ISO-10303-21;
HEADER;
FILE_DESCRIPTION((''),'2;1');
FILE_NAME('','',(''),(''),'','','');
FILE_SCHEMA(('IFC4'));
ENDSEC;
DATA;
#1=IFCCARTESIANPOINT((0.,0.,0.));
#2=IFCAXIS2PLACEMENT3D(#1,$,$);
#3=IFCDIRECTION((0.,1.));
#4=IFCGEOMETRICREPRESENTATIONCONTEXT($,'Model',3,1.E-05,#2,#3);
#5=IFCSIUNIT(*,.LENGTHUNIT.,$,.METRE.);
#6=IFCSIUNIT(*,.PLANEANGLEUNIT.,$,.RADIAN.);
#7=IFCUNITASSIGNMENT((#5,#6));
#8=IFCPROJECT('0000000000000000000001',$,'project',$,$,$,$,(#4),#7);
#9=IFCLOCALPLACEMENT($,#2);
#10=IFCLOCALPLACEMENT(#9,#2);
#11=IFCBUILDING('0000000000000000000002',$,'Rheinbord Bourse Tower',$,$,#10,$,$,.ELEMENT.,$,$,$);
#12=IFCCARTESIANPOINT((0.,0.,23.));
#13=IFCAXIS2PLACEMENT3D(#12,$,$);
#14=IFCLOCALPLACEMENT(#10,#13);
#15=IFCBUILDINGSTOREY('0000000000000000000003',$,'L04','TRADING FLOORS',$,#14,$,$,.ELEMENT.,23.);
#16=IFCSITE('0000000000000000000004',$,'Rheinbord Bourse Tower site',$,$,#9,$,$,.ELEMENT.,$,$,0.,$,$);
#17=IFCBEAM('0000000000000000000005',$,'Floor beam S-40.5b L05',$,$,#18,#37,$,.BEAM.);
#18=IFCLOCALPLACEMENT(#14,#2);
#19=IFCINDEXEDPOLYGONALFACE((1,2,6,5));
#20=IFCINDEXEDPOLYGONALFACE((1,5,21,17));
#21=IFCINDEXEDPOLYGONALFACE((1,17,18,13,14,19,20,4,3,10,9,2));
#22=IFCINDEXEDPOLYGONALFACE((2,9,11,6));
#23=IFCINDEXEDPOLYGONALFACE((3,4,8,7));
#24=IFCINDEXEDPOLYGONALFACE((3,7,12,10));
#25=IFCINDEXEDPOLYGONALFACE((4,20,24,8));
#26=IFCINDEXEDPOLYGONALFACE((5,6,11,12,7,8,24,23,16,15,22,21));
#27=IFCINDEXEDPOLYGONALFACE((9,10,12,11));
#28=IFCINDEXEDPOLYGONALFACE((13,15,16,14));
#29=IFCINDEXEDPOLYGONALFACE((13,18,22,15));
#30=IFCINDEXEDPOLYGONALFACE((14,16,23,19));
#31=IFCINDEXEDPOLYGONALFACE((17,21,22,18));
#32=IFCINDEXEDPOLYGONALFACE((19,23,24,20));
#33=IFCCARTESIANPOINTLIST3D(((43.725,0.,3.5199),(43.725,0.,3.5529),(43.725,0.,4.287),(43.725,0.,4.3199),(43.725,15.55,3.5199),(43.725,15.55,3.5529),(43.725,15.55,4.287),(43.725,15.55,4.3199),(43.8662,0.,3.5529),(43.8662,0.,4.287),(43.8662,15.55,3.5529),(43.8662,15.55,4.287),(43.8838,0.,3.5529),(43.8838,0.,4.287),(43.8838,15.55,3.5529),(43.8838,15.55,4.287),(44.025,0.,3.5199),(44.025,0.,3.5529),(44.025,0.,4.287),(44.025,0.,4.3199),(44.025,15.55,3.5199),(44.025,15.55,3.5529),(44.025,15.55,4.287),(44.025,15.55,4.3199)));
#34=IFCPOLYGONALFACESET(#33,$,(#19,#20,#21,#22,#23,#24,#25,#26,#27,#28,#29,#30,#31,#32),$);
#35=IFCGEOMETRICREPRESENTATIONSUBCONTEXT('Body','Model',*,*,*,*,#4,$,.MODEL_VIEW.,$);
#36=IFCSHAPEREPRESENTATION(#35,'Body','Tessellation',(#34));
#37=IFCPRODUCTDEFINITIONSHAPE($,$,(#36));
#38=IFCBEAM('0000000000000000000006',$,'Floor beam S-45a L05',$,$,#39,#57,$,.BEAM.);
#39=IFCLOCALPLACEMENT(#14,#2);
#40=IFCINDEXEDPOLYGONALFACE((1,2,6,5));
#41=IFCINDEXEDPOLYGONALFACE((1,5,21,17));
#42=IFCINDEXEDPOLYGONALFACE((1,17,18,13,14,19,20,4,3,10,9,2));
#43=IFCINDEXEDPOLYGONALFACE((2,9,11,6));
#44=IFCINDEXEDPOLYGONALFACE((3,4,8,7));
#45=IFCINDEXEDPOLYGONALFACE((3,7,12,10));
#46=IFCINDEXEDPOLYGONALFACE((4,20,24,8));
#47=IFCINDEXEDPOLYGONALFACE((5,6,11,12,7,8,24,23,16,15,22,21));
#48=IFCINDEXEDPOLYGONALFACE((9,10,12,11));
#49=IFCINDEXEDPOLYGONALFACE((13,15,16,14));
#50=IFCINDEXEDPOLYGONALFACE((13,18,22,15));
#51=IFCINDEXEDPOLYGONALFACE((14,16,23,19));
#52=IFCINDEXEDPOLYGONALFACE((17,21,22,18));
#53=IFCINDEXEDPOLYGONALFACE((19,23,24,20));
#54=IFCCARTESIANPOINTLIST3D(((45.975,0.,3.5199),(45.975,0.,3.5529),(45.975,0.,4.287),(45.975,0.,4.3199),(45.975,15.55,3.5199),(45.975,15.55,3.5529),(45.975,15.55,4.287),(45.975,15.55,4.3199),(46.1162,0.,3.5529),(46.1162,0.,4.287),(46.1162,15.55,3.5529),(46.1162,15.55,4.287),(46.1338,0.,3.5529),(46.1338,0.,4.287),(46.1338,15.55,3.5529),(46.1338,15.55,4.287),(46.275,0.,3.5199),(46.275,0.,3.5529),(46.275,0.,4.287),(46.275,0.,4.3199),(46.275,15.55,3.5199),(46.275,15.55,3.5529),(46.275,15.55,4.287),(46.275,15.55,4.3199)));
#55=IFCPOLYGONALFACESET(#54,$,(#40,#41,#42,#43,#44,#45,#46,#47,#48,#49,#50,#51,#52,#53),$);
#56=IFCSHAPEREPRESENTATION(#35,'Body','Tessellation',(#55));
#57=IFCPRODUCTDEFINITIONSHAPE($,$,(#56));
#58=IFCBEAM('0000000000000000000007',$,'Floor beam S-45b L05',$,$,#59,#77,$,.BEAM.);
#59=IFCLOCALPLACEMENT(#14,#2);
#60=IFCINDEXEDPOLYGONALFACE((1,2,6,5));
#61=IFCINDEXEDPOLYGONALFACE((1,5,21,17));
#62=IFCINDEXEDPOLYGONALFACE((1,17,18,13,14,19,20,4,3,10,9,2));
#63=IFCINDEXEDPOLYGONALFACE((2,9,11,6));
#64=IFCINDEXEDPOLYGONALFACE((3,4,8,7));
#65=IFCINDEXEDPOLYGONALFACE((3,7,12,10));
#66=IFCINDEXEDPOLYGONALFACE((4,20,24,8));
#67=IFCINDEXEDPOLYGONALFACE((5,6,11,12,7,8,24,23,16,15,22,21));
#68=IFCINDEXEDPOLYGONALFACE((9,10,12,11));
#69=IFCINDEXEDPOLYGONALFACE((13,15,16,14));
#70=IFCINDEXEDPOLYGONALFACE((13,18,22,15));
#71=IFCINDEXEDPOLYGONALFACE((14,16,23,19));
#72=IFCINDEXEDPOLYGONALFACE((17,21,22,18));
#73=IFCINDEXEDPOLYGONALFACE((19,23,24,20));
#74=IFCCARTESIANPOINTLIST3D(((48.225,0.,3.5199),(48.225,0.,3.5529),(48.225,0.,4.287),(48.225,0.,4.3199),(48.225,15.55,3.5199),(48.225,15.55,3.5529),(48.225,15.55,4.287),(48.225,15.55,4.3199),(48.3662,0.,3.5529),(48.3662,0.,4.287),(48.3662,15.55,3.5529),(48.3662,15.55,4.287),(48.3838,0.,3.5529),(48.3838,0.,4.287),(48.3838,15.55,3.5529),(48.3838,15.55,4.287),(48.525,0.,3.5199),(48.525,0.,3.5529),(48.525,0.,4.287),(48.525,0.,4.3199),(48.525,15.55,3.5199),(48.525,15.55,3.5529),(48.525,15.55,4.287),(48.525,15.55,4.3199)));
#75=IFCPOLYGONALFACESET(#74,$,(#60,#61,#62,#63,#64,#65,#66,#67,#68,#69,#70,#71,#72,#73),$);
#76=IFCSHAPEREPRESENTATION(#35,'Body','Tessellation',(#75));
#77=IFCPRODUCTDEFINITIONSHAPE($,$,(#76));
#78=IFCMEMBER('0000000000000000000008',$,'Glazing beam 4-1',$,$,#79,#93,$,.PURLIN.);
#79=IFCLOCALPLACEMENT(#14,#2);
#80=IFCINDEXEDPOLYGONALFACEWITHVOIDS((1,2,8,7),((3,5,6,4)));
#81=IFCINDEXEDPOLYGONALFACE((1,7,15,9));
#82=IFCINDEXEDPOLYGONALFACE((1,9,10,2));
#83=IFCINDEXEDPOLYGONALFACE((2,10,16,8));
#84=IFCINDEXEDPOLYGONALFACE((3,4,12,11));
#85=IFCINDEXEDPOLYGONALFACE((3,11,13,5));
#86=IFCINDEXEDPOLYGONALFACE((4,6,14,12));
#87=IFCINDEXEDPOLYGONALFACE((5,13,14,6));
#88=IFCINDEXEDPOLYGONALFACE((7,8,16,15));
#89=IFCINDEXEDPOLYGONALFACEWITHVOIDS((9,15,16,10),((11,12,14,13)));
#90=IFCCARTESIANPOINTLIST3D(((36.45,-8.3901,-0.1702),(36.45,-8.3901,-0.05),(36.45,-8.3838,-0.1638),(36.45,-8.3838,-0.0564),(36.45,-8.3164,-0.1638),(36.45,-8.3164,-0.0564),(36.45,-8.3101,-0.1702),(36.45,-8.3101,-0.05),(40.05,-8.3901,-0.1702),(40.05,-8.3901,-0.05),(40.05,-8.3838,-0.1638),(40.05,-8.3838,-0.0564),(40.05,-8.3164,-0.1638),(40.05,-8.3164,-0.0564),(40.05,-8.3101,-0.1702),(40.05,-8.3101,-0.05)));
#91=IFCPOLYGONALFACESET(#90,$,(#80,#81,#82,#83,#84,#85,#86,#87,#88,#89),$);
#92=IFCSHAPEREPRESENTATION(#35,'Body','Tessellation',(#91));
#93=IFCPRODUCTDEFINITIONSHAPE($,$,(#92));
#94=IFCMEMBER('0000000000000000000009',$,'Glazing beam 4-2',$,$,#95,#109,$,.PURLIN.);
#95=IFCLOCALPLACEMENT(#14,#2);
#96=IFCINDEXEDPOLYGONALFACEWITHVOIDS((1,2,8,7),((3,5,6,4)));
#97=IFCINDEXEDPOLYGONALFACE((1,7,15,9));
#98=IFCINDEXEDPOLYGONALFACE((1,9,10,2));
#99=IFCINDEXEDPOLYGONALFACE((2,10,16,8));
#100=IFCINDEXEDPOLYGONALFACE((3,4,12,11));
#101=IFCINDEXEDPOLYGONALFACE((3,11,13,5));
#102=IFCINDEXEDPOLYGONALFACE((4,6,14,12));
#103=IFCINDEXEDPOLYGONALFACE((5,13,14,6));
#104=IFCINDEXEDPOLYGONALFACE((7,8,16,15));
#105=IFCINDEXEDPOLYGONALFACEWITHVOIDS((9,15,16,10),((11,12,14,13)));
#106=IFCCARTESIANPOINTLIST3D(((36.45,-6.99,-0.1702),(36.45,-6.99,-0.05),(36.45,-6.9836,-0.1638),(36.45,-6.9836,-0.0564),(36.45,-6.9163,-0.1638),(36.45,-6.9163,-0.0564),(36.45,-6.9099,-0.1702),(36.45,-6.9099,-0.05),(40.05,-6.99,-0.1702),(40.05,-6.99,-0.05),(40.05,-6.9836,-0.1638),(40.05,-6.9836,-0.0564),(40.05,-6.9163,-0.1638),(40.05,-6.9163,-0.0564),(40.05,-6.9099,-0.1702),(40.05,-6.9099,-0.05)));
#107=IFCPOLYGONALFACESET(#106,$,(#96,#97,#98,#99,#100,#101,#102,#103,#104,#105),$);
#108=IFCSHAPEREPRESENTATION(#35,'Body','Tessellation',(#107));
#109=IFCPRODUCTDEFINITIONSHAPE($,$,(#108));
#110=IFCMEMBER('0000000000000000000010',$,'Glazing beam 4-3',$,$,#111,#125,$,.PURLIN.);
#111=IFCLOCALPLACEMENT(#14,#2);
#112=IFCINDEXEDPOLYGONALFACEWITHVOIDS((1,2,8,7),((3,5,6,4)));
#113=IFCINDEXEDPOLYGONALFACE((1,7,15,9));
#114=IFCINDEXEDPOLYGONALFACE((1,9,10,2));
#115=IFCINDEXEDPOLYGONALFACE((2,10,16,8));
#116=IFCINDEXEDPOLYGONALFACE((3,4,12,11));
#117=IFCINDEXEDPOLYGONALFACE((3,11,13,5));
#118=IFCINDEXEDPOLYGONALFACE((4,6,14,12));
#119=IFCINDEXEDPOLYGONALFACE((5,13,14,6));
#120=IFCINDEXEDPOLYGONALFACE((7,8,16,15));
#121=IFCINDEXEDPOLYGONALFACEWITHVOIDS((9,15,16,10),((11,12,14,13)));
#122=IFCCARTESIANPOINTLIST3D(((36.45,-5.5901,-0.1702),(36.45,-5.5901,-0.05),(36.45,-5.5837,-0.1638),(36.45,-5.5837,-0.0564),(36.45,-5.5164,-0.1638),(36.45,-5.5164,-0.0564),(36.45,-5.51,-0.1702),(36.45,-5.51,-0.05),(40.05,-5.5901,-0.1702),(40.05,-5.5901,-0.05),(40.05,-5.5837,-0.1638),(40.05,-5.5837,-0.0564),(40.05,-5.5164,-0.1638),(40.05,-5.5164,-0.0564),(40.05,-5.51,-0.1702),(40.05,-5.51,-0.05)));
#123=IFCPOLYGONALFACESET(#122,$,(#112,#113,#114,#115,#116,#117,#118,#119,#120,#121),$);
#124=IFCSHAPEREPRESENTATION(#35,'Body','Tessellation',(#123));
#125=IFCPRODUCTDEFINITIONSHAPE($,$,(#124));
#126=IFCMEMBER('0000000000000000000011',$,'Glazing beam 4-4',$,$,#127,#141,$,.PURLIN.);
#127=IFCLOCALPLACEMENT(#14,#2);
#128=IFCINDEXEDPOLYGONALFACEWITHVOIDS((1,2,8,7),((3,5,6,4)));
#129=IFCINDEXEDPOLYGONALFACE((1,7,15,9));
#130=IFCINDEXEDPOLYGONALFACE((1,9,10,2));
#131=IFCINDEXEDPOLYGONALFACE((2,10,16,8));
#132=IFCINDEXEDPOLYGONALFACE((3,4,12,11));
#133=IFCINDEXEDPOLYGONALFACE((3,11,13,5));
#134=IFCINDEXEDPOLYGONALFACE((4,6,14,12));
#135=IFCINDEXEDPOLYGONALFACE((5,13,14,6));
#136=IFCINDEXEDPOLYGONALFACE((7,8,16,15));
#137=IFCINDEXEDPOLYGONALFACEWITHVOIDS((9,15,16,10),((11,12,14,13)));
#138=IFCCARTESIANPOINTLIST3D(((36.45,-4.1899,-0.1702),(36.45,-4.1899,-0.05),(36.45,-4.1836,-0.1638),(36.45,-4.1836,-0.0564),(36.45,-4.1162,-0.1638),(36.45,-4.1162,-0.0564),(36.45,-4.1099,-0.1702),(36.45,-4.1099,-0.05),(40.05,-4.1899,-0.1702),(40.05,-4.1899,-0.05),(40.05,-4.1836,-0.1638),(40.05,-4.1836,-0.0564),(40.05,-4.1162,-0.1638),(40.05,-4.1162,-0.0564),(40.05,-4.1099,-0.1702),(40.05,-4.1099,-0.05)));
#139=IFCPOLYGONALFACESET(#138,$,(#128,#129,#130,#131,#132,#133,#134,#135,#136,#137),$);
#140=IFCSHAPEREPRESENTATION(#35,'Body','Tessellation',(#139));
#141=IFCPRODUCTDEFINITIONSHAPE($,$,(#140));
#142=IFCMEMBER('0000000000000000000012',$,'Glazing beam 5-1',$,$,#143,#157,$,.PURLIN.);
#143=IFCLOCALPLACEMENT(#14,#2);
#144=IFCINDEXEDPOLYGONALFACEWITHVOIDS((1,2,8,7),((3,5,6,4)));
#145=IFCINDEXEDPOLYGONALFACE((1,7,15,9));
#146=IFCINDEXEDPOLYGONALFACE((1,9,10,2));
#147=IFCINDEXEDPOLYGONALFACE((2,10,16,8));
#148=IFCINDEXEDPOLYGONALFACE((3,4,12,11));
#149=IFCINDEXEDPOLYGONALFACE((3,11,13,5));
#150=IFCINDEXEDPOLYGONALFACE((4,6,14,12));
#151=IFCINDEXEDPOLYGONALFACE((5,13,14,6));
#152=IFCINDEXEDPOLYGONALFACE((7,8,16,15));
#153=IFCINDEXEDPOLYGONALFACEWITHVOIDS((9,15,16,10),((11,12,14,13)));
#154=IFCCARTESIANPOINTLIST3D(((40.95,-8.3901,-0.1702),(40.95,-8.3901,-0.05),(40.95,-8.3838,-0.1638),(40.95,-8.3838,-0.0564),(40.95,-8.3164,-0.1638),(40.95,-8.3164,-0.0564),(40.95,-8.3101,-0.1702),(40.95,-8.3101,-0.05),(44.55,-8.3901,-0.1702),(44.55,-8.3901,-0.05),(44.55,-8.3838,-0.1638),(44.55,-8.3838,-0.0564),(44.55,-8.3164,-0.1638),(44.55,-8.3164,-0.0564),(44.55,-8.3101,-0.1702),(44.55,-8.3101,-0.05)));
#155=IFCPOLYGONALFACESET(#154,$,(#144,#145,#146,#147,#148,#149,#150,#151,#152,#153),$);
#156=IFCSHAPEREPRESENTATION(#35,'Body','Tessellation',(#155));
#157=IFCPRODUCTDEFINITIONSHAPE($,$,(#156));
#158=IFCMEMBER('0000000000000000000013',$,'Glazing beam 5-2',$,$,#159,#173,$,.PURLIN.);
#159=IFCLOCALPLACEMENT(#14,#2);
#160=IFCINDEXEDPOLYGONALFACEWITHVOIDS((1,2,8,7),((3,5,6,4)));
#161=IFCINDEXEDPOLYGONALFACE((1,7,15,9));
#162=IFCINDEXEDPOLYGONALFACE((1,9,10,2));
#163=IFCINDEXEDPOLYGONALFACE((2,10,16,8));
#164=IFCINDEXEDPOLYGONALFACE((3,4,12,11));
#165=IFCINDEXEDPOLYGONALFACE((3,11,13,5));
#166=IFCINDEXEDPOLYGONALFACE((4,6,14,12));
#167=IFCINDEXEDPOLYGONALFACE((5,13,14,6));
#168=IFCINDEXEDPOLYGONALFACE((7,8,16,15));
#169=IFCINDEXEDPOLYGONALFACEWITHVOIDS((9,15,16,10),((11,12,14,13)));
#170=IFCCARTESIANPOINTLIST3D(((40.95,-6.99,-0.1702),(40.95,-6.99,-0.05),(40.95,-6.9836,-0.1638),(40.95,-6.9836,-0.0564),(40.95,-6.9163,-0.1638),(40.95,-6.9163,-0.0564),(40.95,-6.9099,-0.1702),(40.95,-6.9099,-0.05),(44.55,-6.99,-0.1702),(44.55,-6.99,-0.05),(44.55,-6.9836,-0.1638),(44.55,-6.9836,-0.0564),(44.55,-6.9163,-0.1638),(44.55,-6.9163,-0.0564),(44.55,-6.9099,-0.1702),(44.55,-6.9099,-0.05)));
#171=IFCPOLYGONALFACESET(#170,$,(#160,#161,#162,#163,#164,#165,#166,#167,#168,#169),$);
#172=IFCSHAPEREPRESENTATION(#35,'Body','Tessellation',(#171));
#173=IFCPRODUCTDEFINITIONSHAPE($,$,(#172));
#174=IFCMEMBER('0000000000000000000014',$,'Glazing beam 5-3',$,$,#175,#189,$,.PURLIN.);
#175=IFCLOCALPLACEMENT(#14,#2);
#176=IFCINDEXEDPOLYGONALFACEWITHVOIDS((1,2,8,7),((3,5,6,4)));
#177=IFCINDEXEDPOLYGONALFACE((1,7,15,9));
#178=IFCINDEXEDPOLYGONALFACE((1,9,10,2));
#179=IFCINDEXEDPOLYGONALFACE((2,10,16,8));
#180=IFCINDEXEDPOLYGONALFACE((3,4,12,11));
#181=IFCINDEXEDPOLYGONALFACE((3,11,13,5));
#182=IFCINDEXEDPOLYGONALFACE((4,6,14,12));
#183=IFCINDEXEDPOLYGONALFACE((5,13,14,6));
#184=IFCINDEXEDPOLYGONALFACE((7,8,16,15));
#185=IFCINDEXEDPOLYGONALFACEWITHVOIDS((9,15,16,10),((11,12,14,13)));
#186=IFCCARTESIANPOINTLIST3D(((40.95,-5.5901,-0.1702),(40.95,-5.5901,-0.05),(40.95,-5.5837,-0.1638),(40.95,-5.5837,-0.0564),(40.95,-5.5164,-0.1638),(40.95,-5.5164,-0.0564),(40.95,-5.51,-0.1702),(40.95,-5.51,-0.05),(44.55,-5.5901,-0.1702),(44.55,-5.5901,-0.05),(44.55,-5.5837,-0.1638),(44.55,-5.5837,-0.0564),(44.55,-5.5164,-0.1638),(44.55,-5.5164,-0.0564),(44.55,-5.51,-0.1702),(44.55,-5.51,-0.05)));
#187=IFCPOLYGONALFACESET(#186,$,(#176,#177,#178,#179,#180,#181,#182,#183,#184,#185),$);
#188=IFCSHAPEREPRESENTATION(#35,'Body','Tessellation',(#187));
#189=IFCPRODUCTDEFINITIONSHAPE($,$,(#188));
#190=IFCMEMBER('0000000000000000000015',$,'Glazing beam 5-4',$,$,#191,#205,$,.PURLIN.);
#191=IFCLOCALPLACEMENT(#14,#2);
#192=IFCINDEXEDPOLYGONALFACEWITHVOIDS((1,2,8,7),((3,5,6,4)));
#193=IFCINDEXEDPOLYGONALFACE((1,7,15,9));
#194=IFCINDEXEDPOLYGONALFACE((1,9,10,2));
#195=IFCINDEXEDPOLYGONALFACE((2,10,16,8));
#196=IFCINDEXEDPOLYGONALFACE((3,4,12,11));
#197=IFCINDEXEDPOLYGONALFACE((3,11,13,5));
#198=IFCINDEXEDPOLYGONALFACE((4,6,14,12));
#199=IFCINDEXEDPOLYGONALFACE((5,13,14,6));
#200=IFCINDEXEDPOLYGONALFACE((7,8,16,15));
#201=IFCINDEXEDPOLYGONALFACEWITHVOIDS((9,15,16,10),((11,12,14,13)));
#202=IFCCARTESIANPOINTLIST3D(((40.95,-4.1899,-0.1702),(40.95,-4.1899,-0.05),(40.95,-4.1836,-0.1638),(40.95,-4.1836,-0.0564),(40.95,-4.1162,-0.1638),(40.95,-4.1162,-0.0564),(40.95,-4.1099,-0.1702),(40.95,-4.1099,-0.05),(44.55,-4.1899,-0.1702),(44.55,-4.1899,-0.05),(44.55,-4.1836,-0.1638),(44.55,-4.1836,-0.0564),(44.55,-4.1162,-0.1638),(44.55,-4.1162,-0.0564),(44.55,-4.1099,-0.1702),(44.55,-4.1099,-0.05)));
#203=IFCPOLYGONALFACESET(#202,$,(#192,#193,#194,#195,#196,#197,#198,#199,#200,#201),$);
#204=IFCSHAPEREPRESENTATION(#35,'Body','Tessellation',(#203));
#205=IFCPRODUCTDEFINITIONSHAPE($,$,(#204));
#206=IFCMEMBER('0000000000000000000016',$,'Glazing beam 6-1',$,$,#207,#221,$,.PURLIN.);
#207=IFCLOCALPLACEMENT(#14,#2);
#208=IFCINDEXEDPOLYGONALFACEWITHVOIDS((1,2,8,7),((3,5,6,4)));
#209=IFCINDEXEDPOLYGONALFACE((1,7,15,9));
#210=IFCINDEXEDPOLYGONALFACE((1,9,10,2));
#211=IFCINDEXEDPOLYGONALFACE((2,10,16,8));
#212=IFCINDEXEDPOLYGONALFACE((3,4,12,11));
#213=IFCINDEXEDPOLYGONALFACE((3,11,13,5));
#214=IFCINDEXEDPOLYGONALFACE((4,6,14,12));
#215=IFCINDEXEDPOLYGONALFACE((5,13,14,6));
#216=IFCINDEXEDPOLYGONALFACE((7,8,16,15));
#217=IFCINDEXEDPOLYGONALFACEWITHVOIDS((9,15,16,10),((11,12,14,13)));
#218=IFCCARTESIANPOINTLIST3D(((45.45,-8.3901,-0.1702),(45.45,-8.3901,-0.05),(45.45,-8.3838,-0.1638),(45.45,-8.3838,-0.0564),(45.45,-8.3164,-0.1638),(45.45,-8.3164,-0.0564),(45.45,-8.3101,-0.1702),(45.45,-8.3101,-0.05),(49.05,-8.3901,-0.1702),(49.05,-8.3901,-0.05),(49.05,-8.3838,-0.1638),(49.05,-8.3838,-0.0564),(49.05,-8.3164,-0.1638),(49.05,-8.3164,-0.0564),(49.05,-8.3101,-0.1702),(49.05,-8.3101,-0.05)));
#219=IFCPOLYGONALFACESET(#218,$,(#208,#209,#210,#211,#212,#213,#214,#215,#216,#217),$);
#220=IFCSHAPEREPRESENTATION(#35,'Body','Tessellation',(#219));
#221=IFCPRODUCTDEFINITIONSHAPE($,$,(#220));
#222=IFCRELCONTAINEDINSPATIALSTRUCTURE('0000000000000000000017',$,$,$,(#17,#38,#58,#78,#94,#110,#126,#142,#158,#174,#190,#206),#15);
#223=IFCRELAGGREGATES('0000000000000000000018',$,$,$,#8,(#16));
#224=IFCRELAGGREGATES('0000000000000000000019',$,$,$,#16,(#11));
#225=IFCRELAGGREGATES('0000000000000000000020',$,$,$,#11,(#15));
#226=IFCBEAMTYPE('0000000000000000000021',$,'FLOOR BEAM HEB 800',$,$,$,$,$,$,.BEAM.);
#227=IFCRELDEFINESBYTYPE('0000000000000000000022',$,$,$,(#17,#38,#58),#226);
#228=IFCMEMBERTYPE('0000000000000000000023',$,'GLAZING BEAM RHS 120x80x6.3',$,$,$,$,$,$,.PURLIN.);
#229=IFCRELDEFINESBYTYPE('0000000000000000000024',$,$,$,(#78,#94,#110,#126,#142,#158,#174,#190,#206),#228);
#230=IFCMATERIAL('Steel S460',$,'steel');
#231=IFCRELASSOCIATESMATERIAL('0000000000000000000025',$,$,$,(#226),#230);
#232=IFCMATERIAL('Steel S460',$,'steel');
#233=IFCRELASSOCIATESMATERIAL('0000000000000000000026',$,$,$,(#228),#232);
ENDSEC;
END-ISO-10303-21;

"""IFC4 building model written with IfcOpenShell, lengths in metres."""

from ifc_helpers import new_model, si_unit, direction, frame, origin, origin_2d, place, context, subcontext, project, spatial, hollow_rectangle, i_section, extrude, material, material_profile, profile_set, type_object, element, save


model = new_model("IFC4")

# Units and contexts
model_context = context("Model", 3, precision=1e-05, world=origin(), true_north=direction((0.0, 1.0)))
body_context = subcontext(model_context, "Body", "Model", "MODEL_VIEW")
ifc_project = project(units=[si_unit("LENGTHUNIT", "METRE"), si_unit("PLANEANGLEUNIT", "RADIAN")], contexts=[model_context])

# Site, building, storey
site_placement = place(None, origin())
site = spatial("IfcSite", under=ifc_project, at=site_placement, Name="Rheinbord Bourse Tower site", CompositionType="ELEMENT", RefElevation=0.0)
building_placement = place(site_placement, origin())
building = spatial("IfcBuilding", under=site, at=building_placement, Name="Rheinbord Bourse Tower", CompositionType="ELEMENT")
storey_placement = place(building_placement, frame((0.0, 0.0, 23.0)))
storey = spatial("IfcBuildingStorey", under=building, at=storey_placement, Name="L04", Description="TRADING FLOORS", CompositionType="ELEMENT", Elevation=23.0)

# Beams
ifc_material_1 = material(Name="Steel S460", Category="steel")
ifc_material_profile_1 = material_profile(ifc_material_1, i_section(OverallWidth=0.3, OverallDepth=0.8, WebThickness=0.0176, FlangeThickness=0.033, at=origin_2d()), Name="HEB 800")
ifc_profile_set_1 = profile_set([ifc_material_profile_1], Name="Steel S460")
beam_type_1 = type_object("IfcBeamType", Name="FLOOR BEAM HEB 800", PredefinedType="BEAM", material=ifc_profile_set_1)
for number, where, z_axis, x_axis, name in (
    (1, (43.875, 0.0, 3.9199), (0.0, 1.0, 0.0), (-1.0, 0.0, 0.0), "Floor beam S-40.5b L05"),
    (2, (46.125, 0.0, 3.9199), (0.0, 1.0, 0.0), (-1.0, 0.0, 0.0), "Floor beam S-45a L05"),
    (3, (48.375, 0.0, 3.9199), (0.0, 1.0, 0.0), (-1.0, 0.0, 0.0), "Floor beam S-45b L05"),
):
    element("IfcBeam", number, at=place(storey_placement, frame(where, z_axis=z_axis, x_axis=x_axis)), inside=storey, type_object=beam_type_1, Name=name, PredefinedType="BEAM", context=body_context, shape_type="SweptSolid", body=[
        extrude(i_section(OverallWidth=0.3, OverallDepth=0.8, WebThickness=0.0176, FlangeThickness=0.033, at=origin_2d()), origin(), (0.0, 0.0, 1.0), 15.55),
    ])

# Members
ifc_material_2 = material(Name="Steel S460", Category="steel")
ifc_material_profile_2 = material_profile(ifc_material_2, hollow_rectangle(XDim=0.0801, YDim=0.1201, WallThickness=0.0063, at=origin_2d()), Name="RHS 120x80x6.3")
ifc_profile_set_2 = profile_set([ifc_material_profile_2], Name="Steel S460")
member_type_1 = type_object("IfcMemberType", Name="GLAZING BEAM RHS 120x80x6.3", PredefinedType="PURLIN", material=ifc_profile_set_2)
for number, where, z_axis, x_axis, name in (
    (4, (36.45, -8.3501, -0.1101), (1.0, 0.0, 0.0), (0.0, 1.0, 0.0), "Glazing beam 4-1"),
    (5, (36.45, -6.95, -0.1101), (1.0, 0.0, 0.0), (0.0, 1.0, 0.0), "Glazing beam 4-2"),
    (6, (36.45, -5.55, -0.1101), (1.0, 0.0, 0.0), (0.0, 1.0, 0.0), "Glazing beam 4-3"),
    (7, (36.45, -4.1499, -0.1101), (1.0, 0.0, 0.0), (0.0, 1.0, 0.0), "Glazing beam 4-4"),
    (8, (40.95, -8.3501, -0.1101), (1.0, 0.0, 0.0), (0.0, 1.0, 0.0), "Glazing beam 5-1"),
    (9, (40.95, -6.95, -0.1101), (1.0, 0.0, 0.0), (0.0, 1.0, 0.0), "Glazing beam 5-2"),
    (10, (40.95, -5.55, -0.1101), (1.0, 0.0, 0.0), (0.0, 1.0, 0.0), "Glazing beam 5-3"),
    (11, (40.95, -4.1499, -0.1101), (1.0, 0.0, 0.0), (0.0, 1.0, 0.0), "Glazing beam 5-4"),
    (12, (45.45, -8.3501, -0.1101), (1.0, 0.0, 0.0), (0.0, 1.0, 0.0), "Glazing beam 6-1"),
):
    element("IfcMember", number, at=place(storey_placement, frame(where, z_axis=z_axis, x_axis=x_axis)), inside=storey, type_object=member_type_1, Name=name, PredefinedType="PURLIN", context=body_context, shape_type="SweptSolid", body=[
        extrude(hollow_rectangle(XDim=0.0801, YDim=0.1201, WallThickness=0.0063, at=origin_2d()), origin(), (0.0, 0.0, 1.0), 3.6001),
    ])

save(model, "model.ifc")
